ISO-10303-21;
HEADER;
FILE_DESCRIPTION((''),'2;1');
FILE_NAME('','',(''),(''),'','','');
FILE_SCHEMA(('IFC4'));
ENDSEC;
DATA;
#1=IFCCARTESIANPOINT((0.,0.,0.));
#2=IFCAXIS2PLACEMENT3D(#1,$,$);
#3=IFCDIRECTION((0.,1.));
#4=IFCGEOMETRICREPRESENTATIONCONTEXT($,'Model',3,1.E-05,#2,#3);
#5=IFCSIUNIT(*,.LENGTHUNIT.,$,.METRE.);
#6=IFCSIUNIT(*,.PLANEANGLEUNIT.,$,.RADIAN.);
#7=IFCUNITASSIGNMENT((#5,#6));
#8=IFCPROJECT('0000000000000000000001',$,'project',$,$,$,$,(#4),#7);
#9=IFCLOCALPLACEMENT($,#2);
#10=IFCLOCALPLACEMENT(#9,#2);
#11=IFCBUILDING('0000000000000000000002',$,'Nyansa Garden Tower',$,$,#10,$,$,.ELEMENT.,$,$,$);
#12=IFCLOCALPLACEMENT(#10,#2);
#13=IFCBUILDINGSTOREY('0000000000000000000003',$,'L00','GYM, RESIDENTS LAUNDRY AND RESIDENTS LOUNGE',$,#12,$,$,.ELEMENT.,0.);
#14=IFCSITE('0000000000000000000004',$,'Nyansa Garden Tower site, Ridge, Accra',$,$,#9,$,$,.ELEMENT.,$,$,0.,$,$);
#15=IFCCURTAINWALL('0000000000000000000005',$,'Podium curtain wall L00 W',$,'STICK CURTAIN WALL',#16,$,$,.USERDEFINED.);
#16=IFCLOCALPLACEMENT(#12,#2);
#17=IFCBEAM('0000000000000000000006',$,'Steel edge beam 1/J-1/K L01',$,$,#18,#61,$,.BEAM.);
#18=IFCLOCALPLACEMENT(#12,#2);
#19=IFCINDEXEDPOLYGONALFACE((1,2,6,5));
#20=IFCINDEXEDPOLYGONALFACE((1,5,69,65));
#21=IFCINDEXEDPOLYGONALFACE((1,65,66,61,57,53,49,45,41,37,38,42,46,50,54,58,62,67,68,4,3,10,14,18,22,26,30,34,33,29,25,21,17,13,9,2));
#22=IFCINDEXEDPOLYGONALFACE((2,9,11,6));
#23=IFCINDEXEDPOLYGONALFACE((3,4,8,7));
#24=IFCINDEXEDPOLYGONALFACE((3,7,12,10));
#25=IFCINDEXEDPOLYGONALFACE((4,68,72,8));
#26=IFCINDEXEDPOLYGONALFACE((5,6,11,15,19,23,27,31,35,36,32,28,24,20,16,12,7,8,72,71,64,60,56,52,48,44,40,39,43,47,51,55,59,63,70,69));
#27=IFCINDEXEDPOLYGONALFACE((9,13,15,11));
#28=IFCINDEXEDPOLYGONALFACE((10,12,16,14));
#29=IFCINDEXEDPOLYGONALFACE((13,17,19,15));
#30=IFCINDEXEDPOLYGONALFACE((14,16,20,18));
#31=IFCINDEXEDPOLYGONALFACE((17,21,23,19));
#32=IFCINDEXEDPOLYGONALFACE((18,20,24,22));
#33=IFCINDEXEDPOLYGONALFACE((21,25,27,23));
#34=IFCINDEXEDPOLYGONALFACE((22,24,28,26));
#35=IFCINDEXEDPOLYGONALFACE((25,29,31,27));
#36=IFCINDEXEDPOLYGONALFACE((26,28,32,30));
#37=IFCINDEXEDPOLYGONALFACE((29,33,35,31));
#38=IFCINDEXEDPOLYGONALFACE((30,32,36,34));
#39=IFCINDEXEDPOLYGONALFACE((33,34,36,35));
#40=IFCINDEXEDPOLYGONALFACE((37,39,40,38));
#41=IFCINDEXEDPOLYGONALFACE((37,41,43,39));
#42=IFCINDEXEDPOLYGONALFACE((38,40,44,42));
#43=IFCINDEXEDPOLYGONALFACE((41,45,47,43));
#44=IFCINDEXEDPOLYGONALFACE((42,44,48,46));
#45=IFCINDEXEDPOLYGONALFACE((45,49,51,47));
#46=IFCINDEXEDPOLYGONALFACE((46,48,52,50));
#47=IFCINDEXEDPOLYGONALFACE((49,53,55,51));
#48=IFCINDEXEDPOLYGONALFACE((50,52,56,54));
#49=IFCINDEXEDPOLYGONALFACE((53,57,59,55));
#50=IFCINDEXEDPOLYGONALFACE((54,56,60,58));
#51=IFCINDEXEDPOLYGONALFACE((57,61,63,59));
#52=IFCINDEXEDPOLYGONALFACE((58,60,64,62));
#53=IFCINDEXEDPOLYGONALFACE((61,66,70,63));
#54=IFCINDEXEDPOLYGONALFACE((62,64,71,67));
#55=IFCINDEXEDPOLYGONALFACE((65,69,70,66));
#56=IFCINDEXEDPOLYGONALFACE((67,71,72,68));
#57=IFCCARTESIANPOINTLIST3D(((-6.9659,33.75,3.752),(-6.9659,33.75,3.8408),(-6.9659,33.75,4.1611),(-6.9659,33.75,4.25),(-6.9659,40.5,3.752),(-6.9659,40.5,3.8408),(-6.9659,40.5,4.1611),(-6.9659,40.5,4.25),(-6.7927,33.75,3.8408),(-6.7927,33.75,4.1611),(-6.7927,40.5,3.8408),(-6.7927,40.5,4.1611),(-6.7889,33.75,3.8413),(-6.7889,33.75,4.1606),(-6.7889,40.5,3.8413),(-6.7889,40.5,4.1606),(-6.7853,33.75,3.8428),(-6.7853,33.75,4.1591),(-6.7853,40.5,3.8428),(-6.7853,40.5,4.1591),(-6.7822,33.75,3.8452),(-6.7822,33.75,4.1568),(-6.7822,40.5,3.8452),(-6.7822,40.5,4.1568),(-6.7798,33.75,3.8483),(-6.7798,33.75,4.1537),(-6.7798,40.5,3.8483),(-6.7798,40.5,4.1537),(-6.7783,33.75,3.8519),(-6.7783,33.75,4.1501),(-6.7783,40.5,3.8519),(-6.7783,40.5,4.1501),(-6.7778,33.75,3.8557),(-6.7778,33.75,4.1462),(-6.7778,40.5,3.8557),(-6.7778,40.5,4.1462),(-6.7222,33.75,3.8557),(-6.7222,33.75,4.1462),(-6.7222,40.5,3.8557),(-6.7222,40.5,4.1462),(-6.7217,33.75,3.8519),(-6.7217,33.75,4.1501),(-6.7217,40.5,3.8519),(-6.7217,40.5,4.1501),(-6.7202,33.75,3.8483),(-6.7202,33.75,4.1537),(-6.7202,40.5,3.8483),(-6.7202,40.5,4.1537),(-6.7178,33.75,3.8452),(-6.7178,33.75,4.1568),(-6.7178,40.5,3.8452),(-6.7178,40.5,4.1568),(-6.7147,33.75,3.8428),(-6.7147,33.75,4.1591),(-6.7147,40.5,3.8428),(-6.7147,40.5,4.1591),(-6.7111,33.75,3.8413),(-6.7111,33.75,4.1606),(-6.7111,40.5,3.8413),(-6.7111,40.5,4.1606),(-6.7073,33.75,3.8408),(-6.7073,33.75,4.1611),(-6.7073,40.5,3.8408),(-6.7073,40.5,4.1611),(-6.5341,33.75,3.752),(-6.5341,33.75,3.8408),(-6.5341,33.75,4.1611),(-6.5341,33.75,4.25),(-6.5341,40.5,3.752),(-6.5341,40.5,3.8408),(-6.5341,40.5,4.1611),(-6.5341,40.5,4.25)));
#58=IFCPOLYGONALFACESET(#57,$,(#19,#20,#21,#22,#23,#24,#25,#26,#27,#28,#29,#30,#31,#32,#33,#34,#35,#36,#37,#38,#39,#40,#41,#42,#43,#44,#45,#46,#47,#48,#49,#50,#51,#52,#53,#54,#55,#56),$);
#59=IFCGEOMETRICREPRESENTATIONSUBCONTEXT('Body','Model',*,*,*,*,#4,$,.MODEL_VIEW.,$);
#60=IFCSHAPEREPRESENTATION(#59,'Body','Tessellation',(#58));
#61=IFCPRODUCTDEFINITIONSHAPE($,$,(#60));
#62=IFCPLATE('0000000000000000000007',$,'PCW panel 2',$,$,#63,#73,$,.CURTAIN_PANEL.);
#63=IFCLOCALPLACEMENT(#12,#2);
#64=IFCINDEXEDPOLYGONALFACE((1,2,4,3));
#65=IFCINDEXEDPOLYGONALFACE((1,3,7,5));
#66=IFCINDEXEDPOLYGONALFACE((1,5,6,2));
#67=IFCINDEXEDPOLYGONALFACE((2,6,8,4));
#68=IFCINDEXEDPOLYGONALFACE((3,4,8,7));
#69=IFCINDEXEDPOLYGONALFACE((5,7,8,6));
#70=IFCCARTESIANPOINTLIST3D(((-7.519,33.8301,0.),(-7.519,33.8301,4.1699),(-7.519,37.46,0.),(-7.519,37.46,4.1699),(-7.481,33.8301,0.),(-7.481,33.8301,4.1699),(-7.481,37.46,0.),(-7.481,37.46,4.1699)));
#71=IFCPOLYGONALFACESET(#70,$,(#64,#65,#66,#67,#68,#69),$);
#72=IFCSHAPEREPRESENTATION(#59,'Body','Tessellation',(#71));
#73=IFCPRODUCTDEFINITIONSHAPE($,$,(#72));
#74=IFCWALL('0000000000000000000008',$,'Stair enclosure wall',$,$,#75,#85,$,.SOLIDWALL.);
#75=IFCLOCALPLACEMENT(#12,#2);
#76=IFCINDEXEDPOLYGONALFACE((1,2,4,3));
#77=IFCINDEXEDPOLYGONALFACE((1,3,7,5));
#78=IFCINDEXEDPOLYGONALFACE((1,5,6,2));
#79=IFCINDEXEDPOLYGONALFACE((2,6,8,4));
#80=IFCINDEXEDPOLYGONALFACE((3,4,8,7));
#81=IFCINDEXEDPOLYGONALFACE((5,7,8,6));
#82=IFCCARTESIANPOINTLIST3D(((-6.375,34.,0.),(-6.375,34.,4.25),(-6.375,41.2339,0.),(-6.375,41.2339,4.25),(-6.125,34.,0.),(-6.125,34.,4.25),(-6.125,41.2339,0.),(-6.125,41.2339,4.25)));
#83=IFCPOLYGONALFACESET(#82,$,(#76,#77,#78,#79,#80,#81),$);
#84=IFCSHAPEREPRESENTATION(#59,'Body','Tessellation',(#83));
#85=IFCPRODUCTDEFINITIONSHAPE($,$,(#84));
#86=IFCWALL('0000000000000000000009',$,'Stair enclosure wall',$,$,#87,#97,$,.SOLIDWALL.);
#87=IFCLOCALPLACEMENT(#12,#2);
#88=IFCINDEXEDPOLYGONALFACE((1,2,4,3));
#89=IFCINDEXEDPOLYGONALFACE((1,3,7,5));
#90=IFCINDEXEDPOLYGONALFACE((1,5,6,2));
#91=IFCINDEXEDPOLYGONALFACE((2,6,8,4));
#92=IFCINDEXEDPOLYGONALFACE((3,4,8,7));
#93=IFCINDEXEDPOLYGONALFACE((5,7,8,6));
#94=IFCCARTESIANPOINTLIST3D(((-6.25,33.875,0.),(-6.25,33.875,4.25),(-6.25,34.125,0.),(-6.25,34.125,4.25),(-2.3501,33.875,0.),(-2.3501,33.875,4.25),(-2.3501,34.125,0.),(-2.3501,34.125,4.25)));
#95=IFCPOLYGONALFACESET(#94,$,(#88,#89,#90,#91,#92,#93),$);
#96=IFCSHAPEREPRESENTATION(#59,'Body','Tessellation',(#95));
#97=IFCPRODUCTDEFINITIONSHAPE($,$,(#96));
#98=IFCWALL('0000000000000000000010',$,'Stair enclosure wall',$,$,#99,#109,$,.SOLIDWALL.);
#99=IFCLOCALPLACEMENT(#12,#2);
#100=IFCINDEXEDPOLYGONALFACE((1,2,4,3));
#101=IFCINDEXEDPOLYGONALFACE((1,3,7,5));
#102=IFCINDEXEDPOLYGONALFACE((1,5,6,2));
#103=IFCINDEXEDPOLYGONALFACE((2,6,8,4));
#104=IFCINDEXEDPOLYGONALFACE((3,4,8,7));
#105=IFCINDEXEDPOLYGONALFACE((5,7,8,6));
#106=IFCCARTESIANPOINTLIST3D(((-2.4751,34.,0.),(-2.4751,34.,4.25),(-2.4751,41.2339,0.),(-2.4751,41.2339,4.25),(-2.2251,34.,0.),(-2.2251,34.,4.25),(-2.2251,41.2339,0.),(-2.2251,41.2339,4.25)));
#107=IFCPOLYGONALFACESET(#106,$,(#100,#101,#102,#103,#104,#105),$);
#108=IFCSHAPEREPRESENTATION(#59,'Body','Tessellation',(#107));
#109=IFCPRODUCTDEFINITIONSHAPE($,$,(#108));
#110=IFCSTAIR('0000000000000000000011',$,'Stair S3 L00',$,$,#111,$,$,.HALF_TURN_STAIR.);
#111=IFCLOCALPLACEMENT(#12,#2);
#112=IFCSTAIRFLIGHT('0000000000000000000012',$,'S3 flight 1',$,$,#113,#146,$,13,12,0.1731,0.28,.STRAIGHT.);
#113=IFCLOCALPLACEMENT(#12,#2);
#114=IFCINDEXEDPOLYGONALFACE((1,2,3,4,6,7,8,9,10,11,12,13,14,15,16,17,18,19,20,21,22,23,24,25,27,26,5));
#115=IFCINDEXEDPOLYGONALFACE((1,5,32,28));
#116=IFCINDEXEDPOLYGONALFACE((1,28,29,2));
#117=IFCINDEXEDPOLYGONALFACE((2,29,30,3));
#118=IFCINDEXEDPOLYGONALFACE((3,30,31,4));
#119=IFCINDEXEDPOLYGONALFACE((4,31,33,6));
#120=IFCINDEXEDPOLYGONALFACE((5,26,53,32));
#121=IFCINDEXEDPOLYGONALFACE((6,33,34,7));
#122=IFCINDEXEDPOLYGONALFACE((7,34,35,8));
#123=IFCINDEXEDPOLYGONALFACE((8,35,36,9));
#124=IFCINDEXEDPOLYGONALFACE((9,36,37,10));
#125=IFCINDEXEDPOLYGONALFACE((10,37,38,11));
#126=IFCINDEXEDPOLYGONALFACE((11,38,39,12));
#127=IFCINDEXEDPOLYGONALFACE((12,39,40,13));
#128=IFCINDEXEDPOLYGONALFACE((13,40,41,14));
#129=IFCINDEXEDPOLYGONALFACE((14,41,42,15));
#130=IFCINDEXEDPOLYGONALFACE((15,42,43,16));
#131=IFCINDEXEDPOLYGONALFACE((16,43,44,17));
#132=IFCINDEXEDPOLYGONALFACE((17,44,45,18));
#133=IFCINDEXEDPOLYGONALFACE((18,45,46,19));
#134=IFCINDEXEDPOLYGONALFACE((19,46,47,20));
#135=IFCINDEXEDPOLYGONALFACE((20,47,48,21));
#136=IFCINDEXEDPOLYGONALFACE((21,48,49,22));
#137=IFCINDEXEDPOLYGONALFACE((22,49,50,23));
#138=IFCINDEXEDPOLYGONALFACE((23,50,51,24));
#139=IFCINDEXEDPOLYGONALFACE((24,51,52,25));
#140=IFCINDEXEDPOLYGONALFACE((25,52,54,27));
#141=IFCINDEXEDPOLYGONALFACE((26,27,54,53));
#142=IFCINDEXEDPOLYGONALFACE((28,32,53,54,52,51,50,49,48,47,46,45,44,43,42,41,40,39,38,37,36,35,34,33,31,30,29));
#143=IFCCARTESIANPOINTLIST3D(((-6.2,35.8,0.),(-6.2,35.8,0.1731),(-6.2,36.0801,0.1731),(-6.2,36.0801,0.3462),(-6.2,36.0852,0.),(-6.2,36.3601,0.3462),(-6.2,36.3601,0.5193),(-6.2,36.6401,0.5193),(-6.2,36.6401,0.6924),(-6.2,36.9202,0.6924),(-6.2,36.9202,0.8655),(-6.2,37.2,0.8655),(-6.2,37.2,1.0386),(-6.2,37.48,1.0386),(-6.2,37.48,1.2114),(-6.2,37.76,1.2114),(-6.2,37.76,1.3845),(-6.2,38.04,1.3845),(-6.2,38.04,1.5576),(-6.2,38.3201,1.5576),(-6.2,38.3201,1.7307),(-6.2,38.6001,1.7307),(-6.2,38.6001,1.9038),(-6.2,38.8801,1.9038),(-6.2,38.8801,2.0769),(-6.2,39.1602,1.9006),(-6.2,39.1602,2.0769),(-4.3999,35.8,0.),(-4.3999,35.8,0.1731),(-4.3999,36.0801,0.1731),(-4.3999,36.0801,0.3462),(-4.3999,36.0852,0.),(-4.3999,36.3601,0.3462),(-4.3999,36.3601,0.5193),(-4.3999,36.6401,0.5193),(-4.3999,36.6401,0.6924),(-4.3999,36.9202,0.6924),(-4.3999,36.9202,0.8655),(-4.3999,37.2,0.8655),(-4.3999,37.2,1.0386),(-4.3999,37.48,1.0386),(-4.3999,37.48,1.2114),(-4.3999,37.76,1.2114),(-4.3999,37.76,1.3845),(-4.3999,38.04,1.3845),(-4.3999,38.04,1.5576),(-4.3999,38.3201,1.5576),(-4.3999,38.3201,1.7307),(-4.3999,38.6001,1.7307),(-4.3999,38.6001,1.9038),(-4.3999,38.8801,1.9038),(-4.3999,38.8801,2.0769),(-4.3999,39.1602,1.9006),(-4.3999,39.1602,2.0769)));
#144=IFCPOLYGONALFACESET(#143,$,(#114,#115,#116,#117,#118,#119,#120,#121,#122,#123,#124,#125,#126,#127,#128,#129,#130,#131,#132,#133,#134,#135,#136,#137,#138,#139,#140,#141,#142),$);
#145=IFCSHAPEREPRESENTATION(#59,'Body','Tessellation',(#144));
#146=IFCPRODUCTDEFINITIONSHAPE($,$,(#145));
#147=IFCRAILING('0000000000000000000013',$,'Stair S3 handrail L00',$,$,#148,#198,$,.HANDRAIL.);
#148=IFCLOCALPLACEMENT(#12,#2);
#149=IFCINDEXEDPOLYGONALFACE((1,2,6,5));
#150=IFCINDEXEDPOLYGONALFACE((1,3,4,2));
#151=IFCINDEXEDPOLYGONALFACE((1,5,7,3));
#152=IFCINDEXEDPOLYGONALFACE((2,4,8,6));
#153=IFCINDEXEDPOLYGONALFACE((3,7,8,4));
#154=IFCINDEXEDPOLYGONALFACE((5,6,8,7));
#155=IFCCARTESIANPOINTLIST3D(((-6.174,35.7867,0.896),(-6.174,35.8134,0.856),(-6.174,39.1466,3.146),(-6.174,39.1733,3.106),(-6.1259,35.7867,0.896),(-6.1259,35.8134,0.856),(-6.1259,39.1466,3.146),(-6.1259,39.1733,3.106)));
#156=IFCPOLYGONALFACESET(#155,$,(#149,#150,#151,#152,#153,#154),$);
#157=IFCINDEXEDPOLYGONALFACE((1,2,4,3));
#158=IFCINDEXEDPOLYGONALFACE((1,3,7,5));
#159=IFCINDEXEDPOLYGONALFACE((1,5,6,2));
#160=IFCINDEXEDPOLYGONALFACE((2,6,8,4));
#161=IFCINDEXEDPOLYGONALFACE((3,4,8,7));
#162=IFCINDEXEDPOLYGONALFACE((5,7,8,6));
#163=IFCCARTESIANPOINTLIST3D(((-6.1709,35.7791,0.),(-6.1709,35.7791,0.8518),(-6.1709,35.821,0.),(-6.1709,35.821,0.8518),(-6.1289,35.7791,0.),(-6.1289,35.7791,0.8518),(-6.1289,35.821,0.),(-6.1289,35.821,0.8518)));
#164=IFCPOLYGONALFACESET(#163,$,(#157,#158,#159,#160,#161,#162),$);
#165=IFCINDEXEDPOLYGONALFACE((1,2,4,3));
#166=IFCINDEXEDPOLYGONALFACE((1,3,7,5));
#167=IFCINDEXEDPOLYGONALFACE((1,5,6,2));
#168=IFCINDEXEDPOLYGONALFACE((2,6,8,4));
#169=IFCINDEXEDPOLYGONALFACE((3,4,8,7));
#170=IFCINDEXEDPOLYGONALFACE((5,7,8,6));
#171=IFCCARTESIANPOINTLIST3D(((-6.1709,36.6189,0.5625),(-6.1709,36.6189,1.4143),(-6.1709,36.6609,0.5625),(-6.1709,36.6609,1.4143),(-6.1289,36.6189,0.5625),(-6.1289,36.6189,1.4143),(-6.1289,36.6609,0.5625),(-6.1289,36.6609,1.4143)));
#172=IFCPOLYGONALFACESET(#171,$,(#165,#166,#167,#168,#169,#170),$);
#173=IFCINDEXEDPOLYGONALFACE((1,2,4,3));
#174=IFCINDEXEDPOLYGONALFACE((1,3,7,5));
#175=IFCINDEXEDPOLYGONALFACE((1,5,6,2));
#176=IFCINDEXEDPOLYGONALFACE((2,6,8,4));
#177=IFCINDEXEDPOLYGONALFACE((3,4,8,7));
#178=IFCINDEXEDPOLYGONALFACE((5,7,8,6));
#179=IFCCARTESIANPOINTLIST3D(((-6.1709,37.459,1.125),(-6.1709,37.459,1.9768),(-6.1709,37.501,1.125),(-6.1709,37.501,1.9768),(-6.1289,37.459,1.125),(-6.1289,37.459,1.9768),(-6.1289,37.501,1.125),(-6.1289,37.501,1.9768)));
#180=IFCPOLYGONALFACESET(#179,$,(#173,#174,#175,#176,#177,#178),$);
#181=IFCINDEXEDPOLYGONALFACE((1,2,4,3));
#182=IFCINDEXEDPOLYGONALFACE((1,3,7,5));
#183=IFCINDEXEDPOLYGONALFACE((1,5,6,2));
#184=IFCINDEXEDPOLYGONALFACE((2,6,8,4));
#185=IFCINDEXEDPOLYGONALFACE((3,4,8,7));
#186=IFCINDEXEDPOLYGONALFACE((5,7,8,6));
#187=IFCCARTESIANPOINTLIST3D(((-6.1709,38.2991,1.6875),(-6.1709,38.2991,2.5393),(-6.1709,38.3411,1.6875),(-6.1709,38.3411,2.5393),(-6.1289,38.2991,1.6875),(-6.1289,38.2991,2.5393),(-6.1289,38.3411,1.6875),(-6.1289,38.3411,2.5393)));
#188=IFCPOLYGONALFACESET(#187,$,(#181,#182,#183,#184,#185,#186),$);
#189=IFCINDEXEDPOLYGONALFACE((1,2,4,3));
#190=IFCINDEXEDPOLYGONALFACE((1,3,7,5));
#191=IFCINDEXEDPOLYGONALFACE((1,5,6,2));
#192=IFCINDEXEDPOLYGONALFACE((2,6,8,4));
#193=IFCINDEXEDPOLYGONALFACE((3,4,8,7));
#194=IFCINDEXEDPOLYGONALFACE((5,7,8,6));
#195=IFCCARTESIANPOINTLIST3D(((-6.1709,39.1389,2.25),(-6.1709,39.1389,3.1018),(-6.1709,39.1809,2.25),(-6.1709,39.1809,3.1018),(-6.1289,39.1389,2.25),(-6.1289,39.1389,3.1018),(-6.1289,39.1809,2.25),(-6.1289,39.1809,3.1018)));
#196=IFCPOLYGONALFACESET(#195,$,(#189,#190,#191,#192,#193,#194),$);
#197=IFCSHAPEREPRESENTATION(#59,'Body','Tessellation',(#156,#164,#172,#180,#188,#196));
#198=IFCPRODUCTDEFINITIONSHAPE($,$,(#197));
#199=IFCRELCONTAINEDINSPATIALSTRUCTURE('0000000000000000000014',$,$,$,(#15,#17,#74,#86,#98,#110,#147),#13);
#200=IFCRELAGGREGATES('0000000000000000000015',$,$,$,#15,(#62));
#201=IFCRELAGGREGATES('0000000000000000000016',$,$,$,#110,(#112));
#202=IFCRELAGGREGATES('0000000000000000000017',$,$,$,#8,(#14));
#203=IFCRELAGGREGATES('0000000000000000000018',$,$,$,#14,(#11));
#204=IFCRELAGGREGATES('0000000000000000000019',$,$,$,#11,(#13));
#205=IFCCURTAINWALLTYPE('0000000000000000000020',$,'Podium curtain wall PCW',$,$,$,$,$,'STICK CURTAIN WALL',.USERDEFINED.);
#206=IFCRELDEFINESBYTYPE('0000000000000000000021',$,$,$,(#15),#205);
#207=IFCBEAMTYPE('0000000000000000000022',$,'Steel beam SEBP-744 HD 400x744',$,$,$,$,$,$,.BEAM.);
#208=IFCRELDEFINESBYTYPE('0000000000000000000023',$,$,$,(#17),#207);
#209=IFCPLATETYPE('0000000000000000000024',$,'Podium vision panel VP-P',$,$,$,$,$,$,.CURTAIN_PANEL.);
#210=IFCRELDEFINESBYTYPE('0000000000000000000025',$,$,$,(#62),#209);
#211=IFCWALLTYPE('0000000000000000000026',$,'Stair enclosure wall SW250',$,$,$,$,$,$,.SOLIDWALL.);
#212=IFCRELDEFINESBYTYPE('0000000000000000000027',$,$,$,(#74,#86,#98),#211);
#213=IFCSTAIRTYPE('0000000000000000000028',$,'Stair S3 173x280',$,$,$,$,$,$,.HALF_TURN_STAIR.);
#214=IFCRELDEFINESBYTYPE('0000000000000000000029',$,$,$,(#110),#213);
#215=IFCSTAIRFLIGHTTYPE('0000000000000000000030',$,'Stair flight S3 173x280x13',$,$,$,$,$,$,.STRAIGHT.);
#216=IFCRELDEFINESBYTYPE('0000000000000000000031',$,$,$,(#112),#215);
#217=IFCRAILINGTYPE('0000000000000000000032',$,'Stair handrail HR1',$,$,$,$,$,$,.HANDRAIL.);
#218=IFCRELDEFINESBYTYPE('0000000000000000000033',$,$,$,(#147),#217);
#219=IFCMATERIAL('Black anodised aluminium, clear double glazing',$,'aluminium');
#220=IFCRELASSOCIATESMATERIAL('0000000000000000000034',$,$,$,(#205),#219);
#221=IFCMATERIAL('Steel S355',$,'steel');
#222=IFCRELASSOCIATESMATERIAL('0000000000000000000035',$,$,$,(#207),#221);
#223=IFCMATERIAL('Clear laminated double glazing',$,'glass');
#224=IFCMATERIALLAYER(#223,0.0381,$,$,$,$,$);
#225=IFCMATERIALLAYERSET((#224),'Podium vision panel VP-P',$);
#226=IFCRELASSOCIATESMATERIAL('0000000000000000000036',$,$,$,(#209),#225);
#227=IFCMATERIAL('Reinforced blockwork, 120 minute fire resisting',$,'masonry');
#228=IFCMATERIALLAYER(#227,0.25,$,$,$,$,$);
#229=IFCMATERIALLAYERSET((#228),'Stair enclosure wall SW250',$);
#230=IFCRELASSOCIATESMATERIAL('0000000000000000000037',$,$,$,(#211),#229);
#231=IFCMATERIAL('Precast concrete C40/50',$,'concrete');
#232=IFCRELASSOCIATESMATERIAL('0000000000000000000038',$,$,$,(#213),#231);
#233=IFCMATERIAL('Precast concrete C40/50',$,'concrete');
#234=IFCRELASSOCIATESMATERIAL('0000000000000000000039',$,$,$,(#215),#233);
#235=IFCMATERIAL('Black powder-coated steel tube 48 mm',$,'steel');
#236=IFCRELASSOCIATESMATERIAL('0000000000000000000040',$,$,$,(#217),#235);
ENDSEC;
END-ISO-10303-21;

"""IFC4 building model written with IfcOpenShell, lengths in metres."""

from ifc_helpers import new_model, si_unit, direction, frame, frame_2d, origin, origin_2d, place, context, subcontext, project, spatial, polyline, rectangle, i_section, outline, extrude, material, layer, layer_set, material_profile, profile_set, type_object, element, aggregate, save


model = new_model("IFC4")

# Units and contexts
model_context = context("Model", 3, precision=1e-05, world=origin(), true_north=direction((0.0, 1.0)))
body_context = subcontext(model_context, "Body", "Model", "MODEL_VIEW")
ifc_project = project(units=[si_unit("LENGTHUNIT", "METRE"), si_unit("PLANEANGLEUNIT", "RADIAN")], contexts=[model_context])

# Site, building, storey
site_placement = place(None, origin())
site = spatial("IfcSite", under=ifc_project, at=site_placement, Name="Nyansa Garden Tower site, Ridge, Accra", CompositionType="ELEMENT", RefElevation=0.0)
building_placement = place(site_placement, origin())
building = spatial("IfcBuilding", under=site, at=building_placement, Name="Nyansa Garden Tower", CompositionType="ELEMENT")
storey_placement = place(building_placement, origin())
storey = spatial("IfcBuildingStorey", under=building, at=storey_placement, Name="L00", Description="GYM, RESIDENTS LAUNDRY AND RESIDENTS LOUNGE", CompositionType="ELEMENT", Elevation=0.0)

# Curtain wall
ifc_material_1 = material(Name="Black anodised aluminium, clear double glazing", Category="aluminium")
curtain_wall_type = type_object("IfcCurtainWallType", Name="Podium curtain wall PCW", ElementType="STICK CURTAIN WALL", PredefinedType="USERDEFINED", material=ifc_material_1)
curtain_wall_placement = place(storey_placement, origin())
curtain_wall = element("IfcCurtainWall", 1, at=curtain_wall_placement, inside=storey, type_object=curtain_wall_type, Name="Podium curtain wall L00 W", ObjectType="STICK CURTAIN WALL", PredefinedType="USERDEFINED")

# Beam
ifc_material_2 = material(Name="Steel S355", Category="steel")
ifc_material_profile_1 = material_profile(ifc_material_2, i_section(OverallWidth=0.4319, OverallDepth=0.498, WebThickness=0.0557, FlangeThickness=0.0889, FilletRadius=0.0149, at=origin_2d()), Name="HD 400x744")
ifc_profile_set_1 = profile_set([ifc_material_profile_1], Name="Steel S355")
beam_type_1 = type_object("IfcBeamType", Name="Steel beam SEBP-744 HD 400x744", PredefinedType="BEAM", material=ifc_profile_set_1)
beam_placement = place(storey_placement, frame((-6.75, 33.75, 4.001), z_axis=(0.0, 1.0, 0.0), x_axis=(-1.0, 0.0, 0.0)))
element("IfcBeam", 2, at=beam_placement, inside=storey, type_object=beam_type_1, Name="Steel edge beam 1/J-1/K L01", PredefinedType="BEAM", context=body_context, shape_type="SweptSolid", body=[
    extrude(i_section(OverallWidth=0.4319, OverallDepth=0.498, WebThickness=0.0557, FlangeThickness=0.0889, FilletRadius=0.0149, at=origin_2d()), origin(), (0.0, 0.0, 1.0), 6.75),
])

# Plate
ifc_material_3 = material(Name="Clear laminated double glazing", Category="glass")
ifc_layer_1 = layer(ifc_material_3, 0.0381)
ifc_layer_set_1 = layer_set([ifc_layer_1], Name="Podium vision panel VP-P")
plate_type = type_object("IfcPlateType", Name="Podium vision panel VP-P", PredefinedType="CURTAIN_PANEL", material=ifc_layer_set_1)
plate_placement = place(storey_placement, frame((-7.5, 35.645, 0.0), z_axis=(0.0, 0.0, 1.0), x_axis=(0.0, -1.0, 0.0)))
plate = element("IfcPlate", 3, at=plate_placement, type_object=plate_type, Name="PCW panel 2", PredefinedType="CURTAIN_PANEL", context=body_context, shape_type="SweptSolid", body=[
    extrude(rectangle(XDim=3.6299, YDim=0.0381, at=origin_2d()), origin(), (0.0, 0.0, 1.0), 4.1699),
])
aggregate(curtain_wall, [plate])

# Walls
ifc_material_4 = material(Name="Reinforced blockwork, 120 minute fire resisting", Category="masonry")
ifc_layer_2 = layer(ifc_material_4, 0.25)
ifc_layer_set_2 = layer_set([ifc_layer_2], Name="Stair enclosure wall SW250")
wall_type = type_object("IfcWallType", Name="Stair enclosure wall SW250", PredefinedType="SOLIDWALL", material=ifc_layer_set_2)
wall_1_placement = place(storey_placement, frame((-6.25, 34.0, 0.0), z_axis=(0.0, 0.0, 1.0), x_axis=(0.0, 1.0, 0.0)))
element("IfcWall", 4, at=wall_1_placement, inside=storey, type_object=wall_type, Name="Stair enclosure wall", PredefinedType="SOLIDWALL", context=body_context, shape_type="SweptSolid", body=[
    extrude(rectangle(XDim=7.2339, YDim=0.25, at=frame_2d((3.6169, 0.0))), origin(), (0.0, 0.0, 1.0), 4.25),
])
wall_2_placement = place(storey_placement, frame((-6.25, 34.0, 0.0), z_axis=(0.0, 0.0, 1.0), x_axis=(1.0, 0.0, 0.0)))
element("IfcWall", 5, at=wall_2_placement, inside=storey, type_object=wall_type, Name="Stair enclosure wall", PredefinedType="SOLIDWALL", context=body_context, shape_type="SweptSolid", body=[
    extrude(rectangle(XDim=3.8999, YDim=0.25, at=frame_2d((1.95, 0.0))), origin(), (0.0, 0.0, 1.0), 4.25),
])
wall_3_placement = place(storey_placement, frame((-2.3501, 34.0, 0.0), z_axis=(0.0, 0.0, 1.0), x_axis=(0.0, 1.0, 0.0)))
element("IfcWall", 6, at=wall_3_placement, inside=storey, type_object=wall_type, Name="Stair enclosure wall", PredefinedType="SOLIDWALL", context=body_context, shape_type="SweptSolid", body=[
    extrude(rectangle(XDim=7.2339, YDim=0.25, at=frame_2d((3.6169, 0.0))), origin(), (0.0, 0.0, 1.0), 4.25),
])

# Stair, stair flight
ifc_material_5 = material(Name="Precast concrete C40/50", Category="concrete")
stair_type = type_object("IfcStairType", Name="Stair S3 173x280", PredefinedType="HALF_TURN_STAIR", material=ifc_material_5)
stair_placement = place(storey_placement, origin())
stair = element("IfcStair", 7, at=stair_placement, inside=storey, type_object=stair_type, Name="Stair S3 L00", PredefinedType="HALF_TURN_STAIR")
ifc_material_6 = material(Name="Precast concrete C40/50", Category="concrete")
stair_flight_type = type_object("IfcStairFlightType", Name="Stair flight S3 173x280x13", PredefinedType="STRAIGHT", material=ifc_material_6)
stair_flight_placement = place(storey_placement, frame((-5.3, 35.8, 0.0), z_axis=(0.0, 0.0, 1.0), x_axis=(0.0, 1.0, 0.0)))
stair_flight = element("IfcStairFlight", 8, at=stair_flight_placement, type_object=stair_flight_type, Name="S3 flight 1", NumberOfRisers=13, NumberOfTreads=12, PredefinedType="STRAIGHT", RiserHeight=0.1731, TreadLength=0.28, context=body_context, shape_type="SweptSolid", body=[
    extrude(outline(polyline([(0.0, 0.0), (0.0, 0.1731), (0.28, 0.1731), (0.28, 0.3462), (0.5601, 0.3462), (0.5601, 0.5193), (0.8401, 0.5193), (0.8401, 0.6924), (1.1201, 0.6924), (1.1201, 0.8655), (1.3999, 0.8655), (1.3999, 1.0386), (1.6799, 1.0386), (1.6799, 1.2114), (1.96, 1.2114), (1.96, 1.3845), (2.24, 1.3845), (2.24, 1.5576), (2.52, 1.5576), (2.52, 1.7307), (2.8, 1.7307), (2.8, 1.9038), (3.0801, 1.9038), (3.0801, 2.0769), (3.3601, 2.0769), (3.3601, 2.25), (3.3601, 1.9006), (0.2852, 0.0), (0.0, 0.0)])), frame((0.0, 0.8999, 0.0), z_axis=(0.0, -1.0, 0.0), x_axis=(1.0, 0.0, 0.0)), (0.0, 0.0, 1.0), 1.8),
])
aggregate(stair, [stair_flight])

# Railing
ifc_material_7 = material(Name="Black powder-coated steel tube 48 mm", Category="steel")
railing_type = type_object("IfcRailingType", Name="Stair handrail HR1", PredefinedType="HANDRAIL", material=ifc_material_7)
railing_placement = place(storey_placement, frame((-6.1499, 35.8, 0.0)))
element("IfcRailing", 9, at=railing_placement, inside=storey, type_object=railing_type, Name="Stair S3 handrail L00", PredefinedType="HANDRAIL", context=body_context, shape_type="SweptSolid", body=[
    extrude(rectangle(XDim=0.0481, YDim=0.0481, at=origin_2d()), frame((0.0, 0.0, 0.876), z_axis=(0.0, 0.830897, 0.556427), x_axis=(-1.0, 0.0, 0.0)), (0.0, 0.0, 1.0), 4.0437),
    extrude(rectangle(XDim=0.042, YDim=0.042, at=origin_2d()), origin(), (0.0, 0.0, 1.0), 0.8518),
    extrude(rectangle(XDim=0.042, YDim=0.042, at=origin_2d()), frame((0.0, 0.8398, 0.5625)), (0.0, 0.0, 1.0), 0.8518),
    extrude(rectangle(XDim=0.042, YDim=0.042, at=origin_2d()), frame((0.0, 1.6799, 1.125)), (0.0, 0.0, 1.0), 0.8518),
    extrude(rectangle(XDim=0.042, YDim=0.042, at=origin_2d()), frame((0.0, 2.52, 1.6875)), (0.0, 0.0, 1.0), 0.8518),
    extrude(rectangle(XDim=0.042, YDim=0.042, at=origin_2d()), frame((0.0, 3.3599, 2.25)), (0.0, 0.0, 1.0), 0.8518),
])

save(model, "model.ifc")
